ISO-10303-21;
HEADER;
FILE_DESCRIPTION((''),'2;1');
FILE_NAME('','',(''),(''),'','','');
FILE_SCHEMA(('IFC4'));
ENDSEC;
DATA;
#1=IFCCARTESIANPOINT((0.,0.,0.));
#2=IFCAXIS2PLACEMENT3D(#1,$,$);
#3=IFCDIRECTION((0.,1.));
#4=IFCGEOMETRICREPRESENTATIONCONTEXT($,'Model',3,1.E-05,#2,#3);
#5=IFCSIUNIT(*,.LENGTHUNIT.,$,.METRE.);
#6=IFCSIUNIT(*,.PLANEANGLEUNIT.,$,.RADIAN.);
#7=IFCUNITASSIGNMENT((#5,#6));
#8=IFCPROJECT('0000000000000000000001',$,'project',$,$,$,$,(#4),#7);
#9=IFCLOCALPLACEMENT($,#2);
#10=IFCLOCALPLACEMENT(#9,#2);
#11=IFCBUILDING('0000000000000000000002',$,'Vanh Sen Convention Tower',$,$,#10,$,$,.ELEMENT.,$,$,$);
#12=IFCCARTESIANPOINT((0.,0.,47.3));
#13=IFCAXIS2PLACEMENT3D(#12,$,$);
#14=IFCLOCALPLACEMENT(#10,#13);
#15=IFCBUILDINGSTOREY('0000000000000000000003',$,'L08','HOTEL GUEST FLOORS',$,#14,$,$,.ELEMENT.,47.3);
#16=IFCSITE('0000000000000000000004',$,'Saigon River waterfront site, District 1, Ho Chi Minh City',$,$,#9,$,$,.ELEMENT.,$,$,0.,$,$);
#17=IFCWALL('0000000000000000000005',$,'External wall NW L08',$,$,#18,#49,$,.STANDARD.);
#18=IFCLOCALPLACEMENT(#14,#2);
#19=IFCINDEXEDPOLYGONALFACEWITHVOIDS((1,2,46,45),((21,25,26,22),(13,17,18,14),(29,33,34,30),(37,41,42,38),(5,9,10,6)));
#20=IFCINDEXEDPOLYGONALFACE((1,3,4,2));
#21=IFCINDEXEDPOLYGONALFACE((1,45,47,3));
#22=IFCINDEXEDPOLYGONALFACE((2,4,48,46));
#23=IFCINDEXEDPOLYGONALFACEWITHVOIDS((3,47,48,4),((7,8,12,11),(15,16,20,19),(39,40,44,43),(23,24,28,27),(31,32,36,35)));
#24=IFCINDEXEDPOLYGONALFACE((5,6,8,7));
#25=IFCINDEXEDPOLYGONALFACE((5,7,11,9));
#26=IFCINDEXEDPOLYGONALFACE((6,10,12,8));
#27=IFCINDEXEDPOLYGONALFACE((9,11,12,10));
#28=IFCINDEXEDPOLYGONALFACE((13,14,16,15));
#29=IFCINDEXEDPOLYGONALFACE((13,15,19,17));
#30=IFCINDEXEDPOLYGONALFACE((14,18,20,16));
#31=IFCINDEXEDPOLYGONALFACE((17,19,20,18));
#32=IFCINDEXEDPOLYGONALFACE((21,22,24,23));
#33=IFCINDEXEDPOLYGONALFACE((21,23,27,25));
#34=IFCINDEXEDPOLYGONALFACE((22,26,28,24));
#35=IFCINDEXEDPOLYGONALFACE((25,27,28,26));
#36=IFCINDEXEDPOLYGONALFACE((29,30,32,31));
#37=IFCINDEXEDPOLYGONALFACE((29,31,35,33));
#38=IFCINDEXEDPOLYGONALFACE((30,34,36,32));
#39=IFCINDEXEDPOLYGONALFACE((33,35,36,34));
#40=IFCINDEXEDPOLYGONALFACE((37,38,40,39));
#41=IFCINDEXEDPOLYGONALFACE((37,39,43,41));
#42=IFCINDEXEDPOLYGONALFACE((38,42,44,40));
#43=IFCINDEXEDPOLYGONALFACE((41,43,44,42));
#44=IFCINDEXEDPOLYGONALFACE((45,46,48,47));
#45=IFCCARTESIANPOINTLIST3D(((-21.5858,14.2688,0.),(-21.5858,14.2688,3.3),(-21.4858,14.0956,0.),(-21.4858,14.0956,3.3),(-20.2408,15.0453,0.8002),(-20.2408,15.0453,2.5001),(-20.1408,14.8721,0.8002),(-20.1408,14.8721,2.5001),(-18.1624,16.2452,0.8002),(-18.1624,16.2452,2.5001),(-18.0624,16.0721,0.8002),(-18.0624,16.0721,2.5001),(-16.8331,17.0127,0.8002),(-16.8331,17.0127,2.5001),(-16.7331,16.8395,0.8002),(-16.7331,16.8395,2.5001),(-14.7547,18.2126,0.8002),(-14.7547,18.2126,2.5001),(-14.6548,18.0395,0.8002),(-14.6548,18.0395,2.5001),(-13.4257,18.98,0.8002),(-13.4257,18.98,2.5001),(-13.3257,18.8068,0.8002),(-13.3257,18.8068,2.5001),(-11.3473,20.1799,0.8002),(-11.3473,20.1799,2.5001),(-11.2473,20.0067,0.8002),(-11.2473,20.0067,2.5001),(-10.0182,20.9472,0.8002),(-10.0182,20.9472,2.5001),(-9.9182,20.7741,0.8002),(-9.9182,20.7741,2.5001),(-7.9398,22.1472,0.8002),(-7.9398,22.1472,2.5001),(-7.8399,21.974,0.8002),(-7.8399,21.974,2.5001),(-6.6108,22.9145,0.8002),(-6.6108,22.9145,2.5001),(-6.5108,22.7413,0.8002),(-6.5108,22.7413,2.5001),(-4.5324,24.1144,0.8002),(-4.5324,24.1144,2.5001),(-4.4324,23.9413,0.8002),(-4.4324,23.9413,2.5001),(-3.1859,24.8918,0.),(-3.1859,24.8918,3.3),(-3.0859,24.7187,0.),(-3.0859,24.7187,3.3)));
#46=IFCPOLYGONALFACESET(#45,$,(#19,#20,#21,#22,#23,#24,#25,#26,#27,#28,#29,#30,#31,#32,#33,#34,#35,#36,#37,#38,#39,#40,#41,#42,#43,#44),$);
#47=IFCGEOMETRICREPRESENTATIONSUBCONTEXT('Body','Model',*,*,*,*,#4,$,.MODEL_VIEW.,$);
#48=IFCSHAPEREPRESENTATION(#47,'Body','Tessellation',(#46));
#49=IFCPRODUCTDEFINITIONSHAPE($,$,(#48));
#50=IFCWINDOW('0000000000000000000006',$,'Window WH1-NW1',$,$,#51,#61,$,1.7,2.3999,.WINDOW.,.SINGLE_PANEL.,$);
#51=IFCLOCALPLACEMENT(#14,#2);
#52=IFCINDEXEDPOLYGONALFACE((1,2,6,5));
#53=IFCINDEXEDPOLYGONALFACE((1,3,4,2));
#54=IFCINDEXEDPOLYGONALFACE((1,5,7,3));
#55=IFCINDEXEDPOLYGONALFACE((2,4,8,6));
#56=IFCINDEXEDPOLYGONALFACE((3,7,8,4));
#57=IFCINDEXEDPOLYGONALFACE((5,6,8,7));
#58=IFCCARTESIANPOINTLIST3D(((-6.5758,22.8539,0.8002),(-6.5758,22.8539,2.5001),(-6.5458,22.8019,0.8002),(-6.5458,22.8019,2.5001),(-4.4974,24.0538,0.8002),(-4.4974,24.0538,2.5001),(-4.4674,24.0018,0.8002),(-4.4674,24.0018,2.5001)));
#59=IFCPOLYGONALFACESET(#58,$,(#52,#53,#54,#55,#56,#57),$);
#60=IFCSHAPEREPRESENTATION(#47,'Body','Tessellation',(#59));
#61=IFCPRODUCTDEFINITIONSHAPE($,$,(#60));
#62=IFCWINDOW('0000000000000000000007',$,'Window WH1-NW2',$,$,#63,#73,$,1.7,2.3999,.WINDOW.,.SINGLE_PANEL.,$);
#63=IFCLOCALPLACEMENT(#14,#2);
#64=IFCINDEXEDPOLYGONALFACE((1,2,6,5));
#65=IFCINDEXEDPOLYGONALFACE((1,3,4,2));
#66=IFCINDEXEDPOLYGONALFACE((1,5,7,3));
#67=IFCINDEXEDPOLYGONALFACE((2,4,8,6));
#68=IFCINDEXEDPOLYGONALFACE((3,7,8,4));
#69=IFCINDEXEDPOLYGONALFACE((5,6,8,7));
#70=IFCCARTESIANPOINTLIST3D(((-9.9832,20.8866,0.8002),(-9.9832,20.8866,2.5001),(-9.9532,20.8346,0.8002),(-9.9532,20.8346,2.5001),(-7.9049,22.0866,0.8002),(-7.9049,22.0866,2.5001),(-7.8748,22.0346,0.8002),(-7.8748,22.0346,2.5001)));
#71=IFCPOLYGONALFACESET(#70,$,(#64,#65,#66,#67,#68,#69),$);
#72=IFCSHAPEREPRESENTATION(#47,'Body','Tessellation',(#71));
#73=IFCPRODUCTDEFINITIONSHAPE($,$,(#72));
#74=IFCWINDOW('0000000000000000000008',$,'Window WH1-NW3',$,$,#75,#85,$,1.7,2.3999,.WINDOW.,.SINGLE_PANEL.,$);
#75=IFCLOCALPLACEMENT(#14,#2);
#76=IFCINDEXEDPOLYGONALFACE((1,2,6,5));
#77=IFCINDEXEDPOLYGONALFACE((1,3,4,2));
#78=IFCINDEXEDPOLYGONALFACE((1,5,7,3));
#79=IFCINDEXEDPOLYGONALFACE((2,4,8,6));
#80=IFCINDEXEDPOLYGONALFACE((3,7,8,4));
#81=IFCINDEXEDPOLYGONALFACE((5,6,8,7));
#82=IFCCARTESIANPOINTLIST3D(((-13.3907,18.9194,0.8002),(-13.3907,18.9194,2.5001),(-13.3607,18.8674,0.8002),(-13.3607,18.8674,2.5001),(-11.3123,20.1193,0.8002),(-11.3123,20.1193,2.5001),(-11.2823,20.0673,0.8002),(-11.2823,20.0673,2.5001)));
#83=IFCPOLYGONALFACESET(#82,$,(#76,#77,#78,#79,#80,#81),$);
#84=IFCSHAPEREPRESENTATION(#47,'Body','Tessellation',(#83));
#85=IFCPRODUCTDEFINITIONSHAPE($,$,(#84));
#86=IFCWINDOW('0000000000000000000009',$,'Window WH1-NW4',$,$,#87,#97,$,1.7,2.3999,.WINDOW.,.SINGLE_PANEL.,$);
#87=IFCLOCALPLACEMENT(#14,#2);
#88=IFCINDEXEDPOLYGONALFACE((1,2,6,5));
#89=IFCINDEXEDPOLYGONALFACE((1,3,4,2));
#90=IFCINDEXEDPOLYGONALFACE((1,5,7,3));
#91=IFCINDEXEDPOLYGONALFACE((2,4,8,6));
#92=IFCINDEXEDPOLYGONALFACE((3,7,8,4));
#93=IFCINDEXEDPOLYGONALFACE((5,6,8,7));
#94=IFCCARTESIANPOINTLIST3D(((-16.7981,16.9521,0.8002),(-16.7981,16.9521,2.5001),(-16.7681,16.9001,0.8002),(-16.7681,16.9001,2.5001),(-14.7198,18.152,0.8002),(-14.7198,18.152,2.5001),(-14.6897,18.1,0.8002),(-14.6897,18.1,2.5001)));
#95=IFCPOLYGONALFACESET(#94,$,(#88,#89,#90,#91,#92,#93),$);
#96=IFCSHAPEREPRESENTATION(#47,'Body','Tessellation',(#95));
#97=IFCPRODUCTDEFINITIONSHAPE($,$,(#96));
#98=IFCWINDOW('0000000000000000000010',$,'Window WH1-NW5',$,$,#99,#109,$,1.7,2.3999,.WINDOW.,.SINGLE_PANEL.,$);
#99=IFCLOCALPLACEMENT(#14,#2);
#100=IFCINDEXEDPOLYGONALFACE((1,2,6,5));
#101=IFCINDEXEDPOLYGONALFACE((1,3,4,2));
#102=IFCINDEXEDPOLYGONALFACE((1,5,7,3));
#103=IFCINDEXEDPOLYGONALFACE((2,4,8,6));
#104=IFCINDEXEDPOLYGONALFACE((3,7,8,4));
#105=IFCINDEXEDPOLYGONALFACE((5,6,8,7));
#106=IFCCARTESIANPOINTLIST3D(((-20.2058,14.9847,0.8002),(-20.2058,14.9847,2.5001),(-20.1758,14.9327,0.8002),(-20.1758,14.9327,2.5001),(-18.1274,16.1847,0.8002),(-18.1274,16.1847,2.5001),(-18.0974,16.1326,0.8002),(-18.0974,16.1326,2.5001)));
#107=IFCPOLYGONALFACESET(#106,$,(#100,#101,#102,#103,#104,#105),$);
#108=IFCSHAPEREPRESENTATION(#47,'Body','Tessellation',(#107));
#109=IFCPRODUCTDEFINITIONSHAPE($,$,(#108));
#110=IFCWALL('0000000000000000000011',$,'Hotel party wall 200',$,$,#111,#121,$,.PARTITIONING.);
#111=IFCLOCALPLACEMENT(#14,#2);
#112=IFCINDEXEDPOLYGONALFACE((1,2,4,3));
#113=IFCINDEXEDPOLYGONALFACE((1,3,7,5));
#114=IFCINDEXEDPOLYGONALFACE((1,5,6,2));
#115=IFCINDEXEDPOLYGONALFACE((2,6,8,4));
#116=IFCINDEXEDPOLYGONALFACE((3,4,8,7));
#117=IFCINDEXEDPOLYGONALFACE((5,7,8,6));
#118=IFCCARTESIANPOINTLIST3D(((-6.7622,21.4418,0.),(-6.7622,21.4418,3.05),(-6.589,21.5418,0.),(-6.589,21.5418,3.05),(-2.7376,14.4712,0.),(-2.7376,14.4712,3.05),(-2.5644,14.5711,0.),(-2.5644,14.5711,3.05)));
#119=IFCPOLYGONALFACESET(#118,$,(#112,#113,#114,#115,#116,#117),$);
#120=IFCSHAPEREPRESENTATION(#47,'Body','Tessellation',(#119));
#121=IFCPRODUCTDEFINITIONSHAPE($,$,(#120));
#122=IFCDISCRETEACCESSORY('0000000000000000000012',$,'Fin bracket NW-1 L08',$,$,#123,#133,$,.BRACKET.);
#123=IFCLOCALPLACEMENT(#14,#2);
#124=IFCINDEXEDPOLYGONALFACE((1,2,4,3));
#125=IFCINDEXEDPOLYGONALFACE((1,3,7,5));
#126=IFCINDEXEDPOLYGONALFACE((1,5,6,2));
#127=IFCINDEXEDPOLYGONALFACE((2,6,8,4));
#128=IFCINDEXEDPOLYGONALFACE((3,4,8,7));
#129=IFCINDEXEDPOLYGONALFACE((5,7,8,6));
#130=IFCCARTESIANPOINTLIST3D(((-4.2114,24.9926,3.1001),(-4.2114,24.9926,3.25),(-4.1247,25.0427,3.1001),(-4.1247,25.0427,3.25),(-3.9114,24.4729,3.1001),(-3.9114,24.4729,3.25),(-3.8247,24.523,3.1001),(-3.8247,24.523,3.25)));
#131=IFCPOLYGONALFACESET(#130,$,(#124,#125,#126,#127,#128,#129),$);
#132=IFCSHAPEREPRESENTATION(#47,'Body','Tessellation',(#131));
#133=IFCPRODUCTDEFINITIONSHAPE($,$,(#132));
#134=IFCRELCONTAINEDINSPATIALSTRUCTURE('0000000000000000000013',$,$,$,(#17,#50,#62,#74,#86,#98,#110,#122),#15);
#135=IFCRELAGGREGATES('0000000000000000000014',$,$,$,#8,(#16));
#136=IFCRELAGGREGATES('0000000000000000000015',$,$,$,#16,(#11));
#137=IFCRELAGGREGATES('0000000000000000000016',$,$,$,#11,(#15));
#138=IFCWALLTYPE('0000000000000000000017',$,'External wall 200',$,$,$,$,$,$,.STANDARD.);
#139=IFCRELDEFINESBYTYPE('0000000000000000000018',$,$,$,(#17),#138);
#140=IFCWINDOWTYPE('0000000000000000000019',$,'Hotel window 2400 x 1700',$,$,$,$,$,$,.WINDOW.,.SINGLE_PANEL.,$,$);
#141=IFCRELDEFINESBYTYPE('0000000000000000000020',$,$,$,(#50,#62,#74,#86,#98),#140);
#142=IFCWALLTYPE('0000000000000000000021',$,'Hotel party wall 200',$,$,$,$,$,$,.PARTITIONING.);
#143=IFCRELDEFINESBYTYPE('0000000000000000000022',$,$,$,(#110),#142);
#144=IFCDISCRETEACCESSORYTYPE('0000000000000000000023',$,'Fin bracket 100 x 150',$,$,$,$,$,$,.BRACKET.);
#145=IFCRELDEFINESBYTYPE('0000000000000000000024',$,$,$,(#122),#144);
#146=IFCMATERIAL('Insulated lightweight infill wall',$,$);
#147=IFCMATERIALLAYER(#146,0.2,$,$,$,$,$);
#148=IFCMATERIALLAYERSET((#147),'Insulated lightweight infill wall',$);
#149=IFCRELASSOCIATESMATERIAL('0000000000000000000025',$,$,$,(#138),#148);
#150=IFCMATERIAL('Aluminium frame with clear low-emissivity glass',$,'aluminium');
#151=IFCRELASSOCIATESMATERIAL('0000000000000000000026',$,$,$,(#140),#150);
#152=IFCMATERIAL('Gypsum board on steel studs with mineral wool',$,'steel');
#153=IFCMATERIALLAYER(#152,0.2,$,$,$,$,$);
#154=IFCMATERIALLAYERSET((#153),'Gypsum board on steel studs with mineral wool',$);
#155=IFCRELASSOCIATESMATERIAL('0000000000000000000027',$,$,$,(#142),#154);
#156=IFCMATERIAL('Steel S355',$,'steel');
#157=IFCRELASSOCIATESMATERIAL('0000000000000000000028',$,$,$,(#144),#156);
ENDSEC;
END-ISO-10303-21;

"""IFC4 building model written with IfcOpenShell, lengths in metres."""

from ifc_helpers import new_model, si_unit, direction, frame, frame_2d, origin, origin_2d, place, context, subcontext, project, spatial, rectangle, extrude, material, layer, layer_set, type_object, element, fill, save


model = new_model("IFC4")

# Units and contexts
model_context = context("Model", 3, precision=1e-05, world=origin(), true_north=direction((0.0, 1.0)))
body_context = subcontext(model_context, "Body", "Model", "MODEL_VIEW")
ifc_project = project(units=[si_unit("LENGTHUNIT", "METRE"), si_unit("PLANEANGLEUNIT", "RADIAN")], contexts=[model_context])

# Site, building, storey
site_placement = place(None, origin())
site = spatial("IfcSite", under=ifc_project, at=site_placement, Name="Saigon River waterfront site, District 1, Ho Chi Minh City", CompositionType="ELEMENT", RefElevation=0.0)
building_placement = place(site_placement, origin())
building = spatial("IfcBuilding", under=site, at=building_placement, Name="Vanh Sen Convention Tower", CompositionType="ELEMENT")
storey_placement = place(building_placement, frame((0.0, 0.0, 47.3)))
storey = spatial("IfcBuildingStorey", under=building, at=storey_placement, Name="L08", Description="HOTEL GUEST FLOORS", CompositionType="ELEMENT", Elevation=47.3)

# Shared definitions
ifc_material_1 = material(Name="Gypsum board on steel studs with mineral wool", Category="steel")

# Wall, openings, windows
ifc_material_2 = material(Name="Insulated lightweight infill wall")
ifc_layer_1 = layer(ifc_material_2, 0.2)
ifc_layer_set_1 = layer_set([ifc_layer_1], Name="Insulated lightweight infill wall")
wall_type_1 = type_object("IfcWallType", Name="External wall 200", PredefinedType="STANDARD", material=ifc_layer_set_1)
wall_1_placement = place(storey_placement, frame((-3.136, 24.8052, 0.0), z_axis=(0.0, 0.0, 1.0), x_axis=(-0.866028, -0.499995, 0.0)))
wall_1 = element("IfcWall", 1, at=wall_1_placement, inside=storey, type_object=wall_type_1, Name="External wall NW L08", PredefinedType="STANDARD", context=body_context, shape_type="SweptSolid", body=[
    extrude(rectangle(XDim=21.2463, YDim=0.2, at=frame_2d((10.623, 0.0))), origin(), (0.0, 0.0, 1.0), 3.3),
])
opening_1_placement = place(wall_1_placement, frame((1.5547, 0.0, 0.8)))
opening_1 = element("IfcOpeningElement", 2, at=opening_1_placement, cuts=wall_1, PredefinedType="OPENING", context=body_context, shape_type="SweptSolid", body=[
    extrude(rectangle(XDim=2.3999, YDim=1.7, at=frame_2d((1.2, 0.8501))), frame((0.0, 0.1099, 0.0), z_axis=(0.0, -1.0, 0.0), x_axis=(1.0, 0.0, 0.0)), (0.0, 0.0, 1.0), 0.22),
])
opening_2_placement = place(wall_1_placement, frame((5.4893, 0.0, 0.8)))
opening_2 = element("IfcOpeningElement", 3, at=opening_2_placement, cuts=wall_1, PredefinedType="OPENING", context=body_context, shape_type="SweptSolid", body=[
    extrude(rectangle(XDim=2.3999, YDim=1.7, at=frame_2d((1.2, 0.8501))), frame((0.0, 0.1099, 0.0), z_axis=(0.0, -1.0, 0.0), x_axis=(1.0, 0.0, 0.0)), (0.0, 0.0, 1.0), 0.22),
])
opening_3_placement = place(wall_1_placement, frame((9.4238, 0.0, 0.8)))
opening_3 = element("IfcOpeningElement", 4, at=opening_3_placement, cuts=wall_1, PredefinedType="OPENING", context=body_context, shape_type="SweptSolid", body=[
    extrude(rectangle(XDim=2.3999, YDim=1.7, at=frame_2d((1.2, 0.8501))), frame((0.0, 0.1099, 0.0), z_axis=(0.0, -1.0, 0.0), x_axis=(1.0, 0.0, 0.0)), (0.0, 0.0, 1.0), 0.22),
])
opening_4_placement = place(wall_1_placement, frame((13.3584, 0.0, 0.8)))
opening_4 = element("IfcOpeningElement", 5, at=opening_4_placement, cuts=wall_1, PredefinedType="OPENING", context=body_context, shape_type="SweptSolid", body=[
    extrude(rectangle(XDim=2.3999, YDim=1.7, at=frame_2d((1.2, 0.8501))), frame((0.0, 0.1099, 0.0), z_axis=(0.0, -1.0, 0.0), x_axis=(1.0, 0.0, 0.0)), (0.0, 0.0, 1.0), 0.22),
])
opening_5_placement = place(wall_1_placement, frame((17.2932, 0.0, 0.8)))
opening_5 = element("IfcOpeningElement", 6, at=opening_5_placement, cuts=wall_1, PredefinedType="OPENING", context=body_context, shape_type="SweptSolid", body=[
    extrude(rectangle(XDim=2.3999, YDim=1.7, at=frame_2d((1.2, 0.8501))), frame((0.0, 0.1099, 0.0), z_axis=(0.0, -1.0, 0.0), x_axis=(1.0, 0.0, 0.0)), (0.0, 0.0, 1.0), 0.22),
])
ifc_material_3 = material(Name="Aluminium frame with clear low-emissivity glass", Category="aluminium")
window_type = type_object("IfcWindowType", Name="Hotel window 2400 x 1700", PartitioningType="SINGLE_PANEL", PredefinedType="WINDOW", material=ifc_material_3)
window_1_placement = place(opening_1_placement, origin())
window_1 = element("IfcWindow", 7, at=window_1_placement, inside=storey, type_object=window_type, Name="Window WH1-NW1", OverallHeight=1.7, OverallWidth=2.3999, PartitioningType="SINGLE_PANEL", PredefinedType="WINDOW", context=body_context, shape_type="SweptSolid", body=[
    extrude(rectangle(XDim=2.3999, YDim=1.7, at=frame_2d((1.2, 0.8501))), frame((0.0, 0.03, 0.0), z_axis=(0.0, -1.0, 0.0), x_axis=(1.0, 0.0, 0.0)), (0.0, 0.0, 1.0), 0.0601),
])
fill(opening_1, window_1)
window_2_placement = place(opening_2_placement, origin())
window_2 = element("IfcWindow", 8, at=window_2_placement, inside=storey, type_object=window_type, Name="Window WH1-NW2", OverallHeight=1.7, OverallWidth=2.3999, PartitioningType="SINGLE_PANEL", PredefinedType="WINDOW", context=body_context, shape_type="SweptSolid", body=[
    extrude(rectangle(XDim=2.3999, YDim=1.7, at=frame_2d((1.2, 0.8501))), frame((0.0, 0.03, 0.0), z_axis=(0.0, -1.0, 0.0), x_axis=(1.0, 0.0, 0.0)), (0.0, 0.0, 1.0), 0.0601),
])
fill(opening_2, window_2)
window_3_placement = place(opening_3_placement, origin())
window_3 = element("IfcWindow", 9, at=window_3_placement, inside=storey, type_object=window_type, Name="Window WH1-NW3", OverallHeight=1.7, OverallWidth=2.3999, PartitioningType="SINGLE_PANEL", PredefinedType="WINDOW", context=body_context, shape_type="SweptSolid", body=[
    extrude(rectangle(XDim=2.3999, YDim=1.7, at=frame_2d((1.2, 0.8501))), frame((0.0, 0.03, 0.0), z_axis=(0.0, -1.0, 0.0), x_axis=(1.0, 0.0, 0.0)), (0.0, 0.0, 1.0), 0.0601),
])
fill(opening_3, window_3)
window_4_placement = place(opening_4_placement, origin())
window_4 = element("IfcWindow", 10, at=window_4_placement, inside=storey, type_object=window_type, Name="Window WH1-NW4", OverallHeight=1.7, OverallWidth=2.3999, PartitioningType="SINGLE_PANEL", PredefinedType="WINDOW", context=body_context, shape_type="SweptSolid", body=[
    extrude(rectangle(XDim=2.3999, YDim=1.7, at=frame_2d((1.2, 0.8501))), frame((0.0, 0.03, 0.0), z_axis=(0.0, -1.0, 0.0), x_axis=(1.0, 0.0, 0.0)), (0.0, 0.0, 1.0), 0.0601),
])
fill(opening_4, window_4)
window_5_placement = place(opening_5_placement, origin())
window_5 = element("IfcWindow", 11, at=window_5_placement, inside=storey, type_object=window_type, Name="Window WH1-NW5", OverallHeight=1.7, OverallWidth=2.3999, PartitioningType="SINGLE_PANEL", PredefinedType="WINDOW", context=body_context, shape_type="SweptSolid", body=[
    extrude(rectangle(XDim=2.3999, YDim=1.7, at=frame_2d((1.2, 0.8501))), frame((0.0, 0.03, 0.0), z_axis=(0.0, -1.0, 0.0), x_axis=(1.0, 0.0, 0.0)), (0.0, 0.0, 1.0), 0.0601),
])
fill(opening_5, window_5)

# Wall
ifc_layer_2 = layer(ifc_material_1, 0.2)
ifc_layer_set_2 = layer_set([ifc_layer_2], Name="Gypsum board on steel studs with mineral wool")
wall_type_2 = type_object("IfcWallType", Name="Hotel party wall 200", PredefinedType="PARTITIONING", material=ifc_layer_set_2)
wall_2_placement = place(storey_placement, frame((-6.6755, 21.4917, 0.0), z_axis=(0.0, 0.0, 1.0), x_axis=(0.500011, -0.866019, 0.0)))
element("IfcWall", 12, at=wall_2_placement, inside=storey, type_object=wall_type_2, Name="Hotel party wall 200", PredefinedType="PARTITIONING", context=body_context, shape_type="SweptSolid", body=[
    extrude(rectangle(XDim=8.0491, YDim=0.2, at=frame_2d((4.0244, 0.0))), origin(), (0.0, 0.0, 1.0), 3.05),
])

# Discrete accessory
ifc_material_4 = material(Name="Steel S355", Category="steel")
discrete_accessory_type = type_object("IfcDiscreteAccessoryType", Name="Fin bracket 100 x 150", PredefinedType="BRACKET", material=ifc_material_4)
discrete_accessory_placement = place(storey_placement, frame((-4.0181, 24.7578, 3.1001), z_axis=(0.0, 0.0, 1.0), x_axis=(-0.5, 0.866025, 0.0)))
element("IfcDiscreteAccessory", 13, at=discrete_accessory_placement, inside=storey, type_object=discrete_accessory_type, Name="Fin bracket NW-1 L08", PredefinedType="BRACKET", context=body_context, shape_type="SweptSolid", body=[
    extrude(rectangle(XDim=0.6001, YDim=0.1001, at=origin_2d()), origin(), (0.0, 0.0, 1.0), 0.1499),
])

save(model, "model.ifc")
